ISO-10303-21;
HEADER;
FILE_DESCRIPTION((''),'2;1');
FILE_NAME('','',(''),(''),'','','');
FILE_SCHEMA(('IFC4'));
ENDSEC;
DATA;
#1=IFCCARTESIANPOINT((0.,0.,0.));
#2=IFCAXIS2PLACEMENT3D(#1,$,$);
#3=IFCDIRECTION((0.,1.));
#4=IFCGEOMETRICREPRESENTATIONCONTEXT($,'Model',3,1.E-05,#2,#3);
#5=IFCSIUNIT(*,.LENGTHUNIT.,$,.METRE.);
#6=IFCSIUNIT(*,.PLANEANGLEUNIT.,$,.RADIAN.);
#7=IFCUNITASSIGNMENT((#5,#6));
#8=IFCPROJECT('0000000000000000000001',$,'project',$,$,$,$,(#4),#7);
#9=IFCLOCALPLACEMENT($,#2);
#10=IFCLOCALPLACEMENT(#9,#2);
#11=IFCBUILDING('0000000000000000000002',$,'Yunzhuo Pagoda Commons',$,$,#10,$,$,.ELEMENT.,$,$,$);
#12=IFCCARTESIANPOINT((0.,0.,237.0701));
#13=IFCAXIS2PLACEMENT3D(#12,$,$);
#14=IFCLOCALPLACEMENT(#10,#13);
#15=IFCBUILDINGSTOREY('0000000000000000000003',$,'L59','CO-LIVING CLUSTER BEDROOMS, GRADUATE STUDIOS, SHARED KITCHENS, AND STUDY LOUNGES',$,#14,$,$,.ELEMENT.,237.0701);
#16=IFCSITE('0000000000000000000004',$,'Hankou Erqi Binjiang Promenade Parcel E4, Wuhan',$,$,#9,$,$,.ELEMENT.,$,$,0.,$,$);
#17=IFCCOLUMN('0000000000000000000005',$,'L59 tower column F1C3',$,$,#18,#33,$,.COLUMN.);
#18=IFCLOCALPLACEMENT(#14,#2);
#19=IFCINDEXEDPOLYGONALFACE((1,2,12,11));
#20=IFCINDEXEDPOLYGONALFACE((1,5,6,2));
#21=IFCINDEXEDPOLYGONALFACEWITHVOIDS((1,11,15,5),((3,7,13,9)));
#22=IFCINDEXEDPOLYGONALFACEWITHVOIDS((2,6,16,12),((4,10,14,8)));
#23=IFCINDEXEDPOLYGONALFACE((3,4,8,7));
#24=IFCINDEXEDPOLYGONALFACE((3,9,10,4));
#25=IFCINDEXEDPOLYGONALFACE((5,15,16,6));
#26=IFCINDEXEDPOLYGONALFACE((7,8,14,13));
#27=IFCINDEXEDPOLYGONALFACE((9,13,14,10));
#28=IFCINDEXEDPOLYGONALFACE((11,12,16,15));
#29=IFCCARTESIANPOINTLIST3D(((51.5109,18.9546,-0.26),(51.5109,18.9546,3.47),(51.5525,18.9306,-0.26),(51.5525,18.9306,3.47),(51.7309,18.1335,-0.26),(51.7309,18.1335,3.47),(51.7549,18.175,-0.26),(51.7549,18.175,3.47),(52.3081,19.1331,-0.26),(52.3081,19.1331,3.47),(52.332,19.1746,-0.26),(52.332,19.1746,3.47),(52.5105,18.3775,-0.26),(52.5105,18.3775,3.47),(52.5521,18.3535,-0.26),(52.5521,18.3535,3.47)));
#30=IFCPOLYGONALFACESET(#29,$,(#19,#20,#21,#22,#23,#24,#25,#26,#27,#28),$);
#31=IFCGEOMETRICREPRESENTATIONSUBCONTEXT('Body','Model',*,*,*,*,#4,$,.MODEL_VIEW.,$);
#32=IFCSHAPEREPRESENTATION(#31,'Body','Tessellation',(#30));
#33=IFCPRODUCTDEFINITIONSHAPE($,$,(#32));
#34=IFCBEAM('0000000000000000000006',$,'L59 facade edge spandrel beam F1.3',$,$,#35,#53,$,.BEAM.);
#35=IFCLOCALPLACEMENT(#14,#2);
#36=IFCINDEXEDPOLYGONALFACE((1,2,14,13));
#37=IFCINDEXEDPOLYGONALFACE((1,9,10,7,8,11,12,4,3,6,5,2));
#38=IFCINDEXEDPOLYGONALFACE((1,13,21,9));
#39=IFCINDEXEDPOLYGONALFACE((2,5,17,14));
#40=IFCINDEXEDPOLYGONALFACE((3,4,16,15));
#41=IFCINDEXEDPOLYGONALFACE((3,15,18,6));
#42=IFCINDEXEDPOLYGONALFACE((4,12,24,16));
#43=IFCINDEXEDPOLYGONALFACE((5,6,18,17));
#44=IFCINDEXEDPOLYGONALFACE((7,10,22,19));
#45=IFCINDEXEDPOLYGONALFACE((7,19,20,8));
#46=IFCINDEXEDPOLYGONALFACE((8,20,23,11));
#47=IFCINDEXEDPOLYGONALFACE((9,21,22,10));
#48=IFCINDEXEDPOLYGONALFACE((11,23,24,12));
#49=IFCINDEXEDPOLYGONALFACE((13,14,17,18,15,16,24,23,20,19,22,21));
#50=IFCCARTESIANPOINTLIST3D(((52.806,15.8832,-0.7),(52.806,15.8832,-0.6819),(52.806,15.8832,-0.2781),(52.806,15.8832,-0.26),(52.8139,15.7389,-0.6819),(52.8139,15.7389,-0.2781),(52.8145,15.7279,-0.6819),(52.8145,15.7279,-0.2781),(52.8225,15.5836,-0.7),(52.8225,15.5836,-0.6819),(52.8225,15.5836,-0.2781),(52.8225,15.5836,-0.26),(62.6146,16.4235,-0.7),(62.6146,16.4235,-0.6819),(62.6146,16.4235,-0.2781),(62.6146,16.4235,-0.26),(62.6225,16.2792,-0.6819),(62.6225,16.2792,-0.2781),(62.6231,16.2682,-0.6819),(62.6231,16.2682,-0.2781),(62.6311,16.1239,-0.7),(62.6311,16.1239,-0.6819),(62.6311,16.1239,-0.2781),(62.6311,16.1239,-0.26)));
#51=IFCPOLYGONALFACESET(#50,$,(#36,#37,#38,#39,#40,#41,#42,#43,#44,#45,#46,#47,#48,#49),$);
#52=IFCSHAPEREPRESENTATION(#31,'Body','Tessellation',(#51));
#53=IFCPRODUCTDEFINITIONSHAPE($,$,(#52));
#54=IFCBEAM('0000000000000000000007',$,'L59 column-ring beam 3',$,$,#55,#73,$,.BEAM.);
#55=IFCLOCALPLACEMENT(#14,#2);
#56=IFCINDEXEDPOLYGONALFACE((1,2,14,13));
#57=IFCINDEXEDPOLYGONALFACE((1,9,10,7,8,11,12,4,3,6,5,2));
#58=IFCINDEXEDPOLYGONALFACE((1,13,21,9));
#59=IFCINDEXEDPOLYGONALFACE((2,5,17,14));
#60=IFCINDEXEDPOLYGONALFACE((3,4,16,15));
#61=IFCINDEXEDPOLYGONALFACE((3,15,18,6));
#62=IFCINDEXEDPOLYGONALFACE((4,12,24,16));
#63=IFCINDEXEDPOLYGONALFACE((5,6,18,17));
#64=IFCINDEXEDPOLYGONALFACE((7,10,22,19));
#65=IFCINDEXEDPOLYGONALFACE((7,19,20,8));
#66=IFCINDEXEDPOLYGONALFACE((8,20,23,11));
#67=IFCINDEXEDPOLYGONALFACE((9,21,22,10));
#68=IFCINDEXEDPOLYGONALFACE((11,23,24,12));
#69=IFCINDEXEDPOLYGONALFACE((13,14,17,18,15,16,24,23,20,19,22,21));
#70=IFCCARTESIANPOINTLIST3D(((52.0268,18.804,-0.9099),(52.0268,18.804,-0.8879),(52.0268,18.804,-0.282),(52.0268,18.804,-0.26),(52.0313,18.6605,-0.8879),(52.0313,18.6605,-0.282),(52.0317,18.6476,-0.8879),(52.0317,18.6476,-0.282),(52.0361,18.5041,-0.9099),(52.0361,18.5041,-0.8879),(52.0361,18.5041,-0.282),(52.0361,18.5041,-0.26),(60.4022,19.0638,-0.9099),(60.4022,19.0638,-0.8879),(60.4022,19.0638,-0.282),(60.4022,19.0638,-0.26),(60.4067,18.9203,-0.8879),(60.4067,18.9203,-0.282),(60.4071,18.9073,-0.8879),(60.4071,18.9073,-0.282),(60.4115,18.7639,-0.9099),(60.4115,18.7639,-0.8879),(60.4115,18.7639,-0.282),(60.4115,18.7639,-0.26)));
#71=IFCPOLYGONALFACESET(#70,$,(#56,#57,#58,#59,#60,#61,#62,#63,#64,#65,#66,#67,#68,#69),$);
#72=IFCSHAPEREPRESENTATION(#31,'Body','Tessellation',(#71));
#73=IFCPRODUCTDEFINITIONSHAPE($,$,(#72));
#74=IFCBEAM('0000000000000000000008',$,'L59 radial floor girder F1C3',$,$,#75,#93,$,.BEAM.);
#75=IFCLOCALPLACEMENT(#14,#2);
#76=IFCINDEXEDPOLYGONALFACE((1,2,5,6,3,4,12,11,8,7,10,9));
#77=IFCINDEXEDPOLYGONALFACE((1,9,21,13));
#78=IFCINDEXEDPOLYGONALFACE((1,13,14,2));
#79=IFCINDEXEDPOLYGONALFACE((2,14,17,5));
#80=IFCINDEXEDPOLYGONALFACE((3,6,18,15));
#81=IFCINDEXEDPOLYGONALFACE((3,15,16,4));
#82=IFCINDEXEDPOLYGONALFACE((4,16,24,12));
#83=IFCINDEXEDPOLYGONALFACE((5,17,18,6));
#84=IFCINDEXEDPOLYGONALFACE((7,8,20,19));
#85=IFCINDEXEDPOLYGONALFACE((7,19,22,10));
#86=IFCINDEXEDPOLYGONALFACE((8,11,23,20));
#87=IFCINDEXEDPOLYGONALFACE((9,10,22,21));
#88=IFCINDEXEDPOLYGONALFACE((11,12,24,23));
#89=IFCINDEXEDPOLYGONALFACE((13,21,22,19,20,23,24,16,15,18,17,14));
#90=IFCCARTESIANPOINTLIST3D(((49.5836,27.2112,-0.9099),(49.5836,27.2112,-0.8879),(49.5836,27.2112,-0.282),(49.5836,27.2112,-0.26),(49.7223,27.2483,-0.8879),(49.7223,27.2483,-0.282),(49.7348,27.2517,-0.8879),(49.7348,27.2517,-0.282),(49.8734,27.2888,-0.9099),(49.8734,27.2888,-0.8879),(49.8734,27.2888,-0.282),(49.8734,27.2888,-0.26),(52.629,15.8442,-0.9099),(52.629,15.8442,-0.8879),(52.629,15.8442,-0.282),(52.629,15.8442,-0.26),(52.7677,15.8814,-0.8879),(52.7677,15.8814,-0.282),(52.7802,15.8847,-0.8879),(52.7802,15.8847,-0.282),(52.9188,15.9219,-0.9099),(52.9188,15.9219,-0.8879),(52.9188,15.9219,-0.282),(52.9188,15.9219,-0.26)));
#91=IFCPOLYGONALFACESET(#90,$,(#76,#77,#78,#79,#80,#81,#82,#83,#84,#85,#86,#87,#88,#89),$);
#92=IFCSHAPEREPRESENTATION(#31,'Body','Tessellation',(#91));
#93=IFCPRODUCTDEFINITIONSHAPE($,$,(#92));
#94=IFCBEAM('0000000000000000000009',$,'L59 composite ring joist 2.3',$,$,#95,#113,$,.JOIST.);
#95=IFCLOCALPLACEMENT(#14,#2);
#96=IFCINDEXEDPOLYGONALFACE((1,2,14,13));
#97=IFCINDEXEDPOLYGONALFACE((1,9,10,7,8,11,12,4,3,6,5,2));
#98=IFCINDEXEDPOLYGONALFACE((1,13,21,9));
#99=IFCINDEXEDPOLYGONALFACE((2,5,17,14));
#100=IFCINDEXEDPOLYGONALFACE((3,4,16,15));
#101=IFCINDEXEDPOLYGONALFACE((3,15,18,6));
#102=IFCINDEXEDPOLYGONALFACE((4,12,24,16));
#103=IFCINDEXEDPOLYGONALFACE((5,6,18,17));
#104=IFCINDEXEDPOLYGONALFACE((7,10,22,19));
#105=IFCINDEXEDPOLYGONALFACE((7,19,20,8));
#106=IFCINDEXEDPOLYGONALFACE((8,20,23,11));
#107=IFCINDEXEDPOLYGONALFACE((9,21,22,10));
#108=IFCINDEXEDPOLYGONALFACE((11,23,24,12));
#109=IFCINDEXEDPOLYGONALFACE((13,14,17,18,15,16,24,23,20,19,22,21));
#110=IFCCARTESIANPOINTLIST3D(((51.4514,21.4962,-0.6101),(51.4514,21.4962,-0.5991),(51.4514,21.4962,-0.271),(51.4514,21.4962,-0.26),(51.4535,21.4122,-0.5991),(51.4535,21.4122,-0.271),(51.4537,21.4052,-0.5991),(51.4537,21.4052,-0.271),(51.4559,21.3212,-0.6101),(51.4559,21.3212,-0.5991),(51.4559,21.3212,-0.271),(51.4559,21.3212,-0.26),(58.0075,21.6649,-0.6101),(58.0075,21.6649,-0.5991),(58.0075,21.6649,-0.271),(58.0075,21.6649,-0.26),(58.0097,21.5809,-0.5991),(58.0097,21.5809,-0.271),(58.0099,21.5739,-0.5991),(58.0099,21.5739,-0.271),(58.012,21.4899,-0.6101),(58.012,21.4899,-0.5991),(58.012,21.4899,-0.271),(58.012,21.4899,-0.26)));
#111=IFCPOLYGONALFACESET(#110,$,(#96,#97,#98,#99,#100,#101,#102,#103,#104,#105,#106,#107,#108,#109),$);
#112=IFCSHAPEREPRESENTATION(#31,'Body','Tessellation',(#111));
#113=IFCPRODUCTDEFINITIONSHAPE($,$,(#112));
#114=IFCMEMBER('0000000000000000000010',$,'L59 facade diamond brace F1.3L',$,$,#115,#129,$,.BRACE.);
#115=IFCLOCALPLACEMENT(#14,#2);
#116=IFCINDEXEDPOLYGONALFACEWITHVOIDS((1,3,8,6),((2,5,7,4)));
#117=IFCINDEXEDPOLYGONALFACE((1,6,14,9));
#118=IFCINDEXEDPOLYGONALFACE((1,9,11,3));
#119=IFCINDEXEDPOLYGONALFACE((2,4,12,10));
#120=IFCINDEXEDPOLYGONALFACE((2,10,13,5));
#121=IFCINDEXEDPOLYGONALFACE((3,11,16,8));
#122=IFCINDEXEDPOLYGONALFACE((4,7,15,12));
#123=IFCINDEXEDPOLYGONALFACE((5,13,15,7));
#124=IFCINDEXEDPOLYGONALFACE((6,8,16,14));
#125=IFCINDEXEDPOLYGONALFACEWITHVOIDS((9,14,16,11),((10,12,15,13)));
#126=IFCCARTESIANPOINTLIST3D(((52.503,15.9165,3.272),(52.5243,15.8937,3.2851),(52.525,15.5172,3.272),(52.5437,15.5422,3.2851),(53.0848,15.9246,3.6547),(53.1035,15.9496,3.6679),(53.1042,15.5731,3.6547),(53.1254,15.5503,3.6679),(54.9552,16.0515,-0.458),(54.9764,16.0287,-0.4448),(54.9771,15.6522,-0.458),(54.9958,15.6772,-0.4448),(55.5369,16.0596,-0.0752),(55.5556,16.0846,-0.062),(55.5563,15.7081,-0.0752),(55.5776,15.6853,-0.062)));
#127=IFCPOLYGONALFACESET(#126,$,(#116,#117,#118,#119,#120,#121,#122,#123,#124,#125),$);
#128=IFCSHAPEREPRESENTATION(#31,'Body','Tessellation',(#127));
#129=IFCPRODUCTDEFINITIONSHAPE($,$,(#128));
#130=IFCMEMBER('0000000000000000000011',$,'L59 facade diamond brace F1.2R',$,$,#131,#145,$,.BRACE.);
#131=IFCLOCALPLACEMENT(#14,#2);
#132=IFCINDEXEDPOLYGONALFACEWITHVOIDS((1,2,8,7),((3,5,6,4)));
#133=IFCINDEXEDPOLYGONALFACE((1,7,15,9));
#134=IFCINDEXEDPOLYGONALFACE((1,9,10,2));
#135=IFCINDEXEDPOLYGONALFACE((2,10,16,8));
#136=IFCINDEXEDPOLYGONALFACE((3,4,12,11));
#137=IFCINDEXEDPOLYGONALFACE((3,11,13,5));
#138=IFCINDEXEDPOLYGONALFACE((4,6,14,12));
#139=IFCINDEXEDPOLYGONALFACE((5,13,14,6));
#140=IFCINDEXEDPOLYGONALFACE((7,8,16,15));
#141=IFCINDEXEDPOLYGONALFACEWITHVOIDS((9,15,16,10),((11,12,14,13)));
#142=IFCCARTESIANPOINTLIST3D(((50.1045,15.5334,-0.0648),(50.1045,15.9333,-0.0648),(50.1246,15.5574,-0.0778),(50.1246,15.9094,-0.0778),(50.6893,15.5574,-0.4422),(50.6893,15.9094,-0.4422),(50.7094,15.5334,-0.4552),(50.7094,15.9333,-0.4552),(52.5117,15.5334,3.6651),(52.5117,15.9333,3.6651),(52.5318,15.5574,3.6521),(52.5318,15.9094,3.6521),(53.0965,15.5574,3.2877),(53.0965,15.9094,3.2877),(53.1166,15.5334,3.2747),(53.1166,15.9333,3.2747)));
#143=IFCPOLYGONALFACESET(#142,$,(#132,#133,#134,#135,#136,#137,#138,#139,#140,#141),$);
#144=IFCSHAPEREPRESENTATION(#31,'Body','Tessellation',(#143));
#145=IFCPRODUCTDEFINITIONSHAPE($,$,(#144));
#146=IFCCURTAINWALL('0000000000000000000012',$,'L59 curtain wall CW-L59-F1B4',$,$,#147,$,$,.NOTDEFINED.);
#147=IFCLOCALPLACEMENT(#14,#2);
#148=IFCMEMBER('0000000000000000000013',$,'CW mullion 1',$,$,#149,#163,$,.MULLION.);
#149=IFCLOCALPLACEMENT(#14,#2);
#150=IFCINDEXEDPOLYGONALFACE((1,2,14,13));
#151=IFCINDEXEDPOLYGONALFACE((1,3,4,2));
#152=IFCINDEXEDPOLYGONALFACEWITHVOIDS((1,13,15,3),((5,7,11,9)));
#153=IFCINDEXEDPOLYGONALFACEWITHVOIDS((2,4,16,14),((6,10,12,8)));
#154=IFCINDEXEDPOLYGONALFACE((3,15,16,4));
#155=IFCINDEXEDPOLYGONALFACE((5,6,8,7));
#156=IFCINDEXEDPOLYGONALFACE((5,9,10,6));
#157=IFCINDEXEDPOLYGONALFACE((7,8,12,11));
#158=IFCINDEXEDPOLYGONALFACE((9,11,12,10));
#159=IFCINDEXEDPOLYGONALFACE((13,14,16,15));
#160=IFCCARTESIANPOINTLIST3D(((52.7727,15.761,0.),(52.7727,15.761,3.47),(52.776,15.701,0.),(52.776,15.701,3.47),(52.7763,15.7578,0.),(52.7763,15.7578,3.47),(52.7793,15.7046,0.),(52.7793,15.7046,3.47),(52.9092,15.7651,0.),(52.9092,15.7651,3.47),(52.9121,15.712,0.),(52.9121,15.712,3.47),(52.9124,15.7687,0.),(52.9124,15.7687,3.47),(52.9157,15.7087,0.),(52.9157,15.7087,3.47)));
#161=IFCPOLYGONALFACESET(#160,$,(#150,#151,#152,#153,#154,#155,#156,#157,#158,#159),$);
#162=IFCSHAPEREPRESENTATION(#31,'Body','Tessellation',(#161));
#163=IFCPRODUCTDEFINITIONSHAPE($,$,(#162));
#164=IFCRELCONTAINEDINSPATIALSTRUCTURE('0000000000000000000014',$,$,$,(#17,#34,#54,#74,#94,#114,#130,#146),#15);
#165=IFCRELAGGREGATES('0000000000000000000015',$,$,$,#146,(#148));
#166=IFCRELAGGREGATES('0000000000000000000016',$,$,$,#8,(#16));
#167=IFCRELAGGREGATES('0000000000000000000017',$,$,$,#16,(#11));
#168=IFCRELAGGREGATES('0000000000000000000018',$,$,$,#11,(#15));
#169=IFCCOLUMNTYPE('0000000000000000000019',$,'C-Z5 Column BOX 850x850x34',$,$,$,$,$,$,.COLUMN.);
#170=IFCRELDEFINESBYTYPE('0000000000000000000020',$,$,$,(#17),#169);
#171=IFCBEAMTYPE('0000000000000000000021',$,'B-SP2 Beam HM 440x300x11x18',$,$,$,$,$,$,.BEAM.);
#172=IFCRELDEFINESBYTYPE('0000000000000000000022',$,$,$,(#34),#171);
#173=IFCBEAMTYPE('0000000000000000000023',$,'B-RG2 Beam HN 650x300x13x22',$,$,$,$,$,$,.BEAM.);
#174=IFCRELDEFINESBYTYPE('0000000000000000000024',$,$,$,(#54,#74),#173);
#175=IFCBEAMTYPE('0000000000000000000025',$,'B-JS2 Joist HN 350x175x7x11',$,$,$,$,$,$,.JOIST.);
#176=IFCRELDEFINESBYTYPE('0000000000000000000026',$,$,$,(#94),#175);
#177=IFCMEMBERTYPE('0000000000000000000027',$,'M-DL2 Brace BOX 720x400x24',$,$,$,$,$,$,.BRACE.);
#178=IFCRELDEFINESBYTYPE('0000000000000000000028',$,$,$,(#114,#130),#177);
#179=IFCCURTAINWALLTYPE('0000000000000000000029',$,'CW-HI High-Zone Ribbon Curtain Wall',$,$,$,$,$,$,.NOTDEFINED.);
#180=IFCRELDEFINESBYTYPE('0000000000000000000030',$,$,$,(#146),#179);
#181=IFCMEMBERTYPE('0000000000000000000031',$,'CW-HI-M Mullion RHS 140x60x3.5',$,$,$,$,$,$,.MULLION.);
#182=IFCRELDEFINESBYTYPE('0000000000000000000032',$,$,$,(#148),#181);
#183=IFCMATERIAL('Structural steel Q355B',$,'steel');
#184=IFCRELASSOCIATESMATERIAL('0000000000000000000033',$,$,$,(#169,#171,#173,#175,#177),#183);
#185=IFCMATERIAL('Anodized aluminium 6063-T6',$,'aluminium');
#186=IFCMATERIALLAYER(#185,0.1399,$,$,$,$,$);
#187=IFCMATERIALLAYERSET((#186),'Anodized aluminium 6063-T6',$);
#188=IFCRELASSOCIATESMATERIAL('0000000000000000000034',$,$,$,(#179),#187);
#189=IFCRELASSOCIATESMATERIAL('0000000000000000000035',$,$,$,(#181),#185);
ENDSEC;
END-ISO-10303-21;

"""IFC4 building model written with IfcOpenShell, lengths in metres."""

from ifc_helpers import new_model, si_unit, direction, frame, origin, origin_2d, place, context, subcontext, project, spatial, hollow_rectangle, i_section, extrude, source, transform, mapped, material, layer, layer_set, material_profile, profile_set, type_object, element, aggregate, save


model = new_model("IFC4")

# Units and contexts
model_context = context("Model", 3, precision=1e-05, world=origin(), true_north=direction((0.0, 1.0)))
body_context = subcontext(model_context, "Body", "Model", "MODEL_VIEW")
ifc_project = project(units=[si_unit("LENGTHUNIT", "METRE"), si_unit("PLANEANGLEUNIT", "RADIAN")], contexts=[model_context])

# Site, building, storey
site_placement = place(None, origin())
site = spatial("IfcSite", under=ifc_project, at=site_placement, Name="Hankou Erqi Binjiang Promenade Parcel E4, Wuhan", CompositionType="ELEMENT", RefElevation=0.0)
building_placement = place(site_placement, origin())
building = spatial("IfcBuilding", under=site, at=building_placement, Name="Yunzhuo Pagoda Commons", CompositionType="ELEMENT")
storey_placement = place(building_placement, frame((0.0, 0.0, 237.0701)))
storey = spatial("IfcBuildingStorey", under=building, at=storey_placement, Name="L59", Description="CO-LIVING CLUSTER BEDROOMS, GRADUATE STUDIOS, SHARED KITCHENS, AND STUDY LOUNGES", CompositionType="ELEMENT", Elevation=237.0701)

# Column
ifc_material_1 = material(Name="Structural steel Q355B", Category="steel")
ifc_material_profile_1 = material_profile(ifc_material_1, hollow_rectangle(XDim=0.8501, YDim=0.8501, WallThickness=0.0339, at=origin_2d()), Name="Structural steel Q355B")
ifc_profile_set_1 = profile_set([ifc_material_profile_1], Name="Structural steel Q355B")
column_type = type_object("IfcColumnType", Name="C-Z5 Column BOX 850x850x34", PredefinedType="COLUMN", material=ifc_profile_set_1)
shared_shape_1 = source(origin(), body_context, "Body", "SweptSolid", [
    extrude(hollow_rectangle(XDim=0.8501, YDim=0.8501, WallThickness=0.0339, at=origin_2d()), origin(), (0.0, 0.0, 1.0), 3.73),
])
column_placement = place(storey_placement, frame((52.0315, 18.6541, -0.26), z_axis=(0.0, 0.0, 1.0), x_axis=(0.965926, 0.258819, 0.0)))
element("IfcColumn", 1, at=column_placement, inside=storey, type_object=column_type, Name="L59 tower column F1C3", PredefinedType="COLUMN", context=body_context, shape_type="MappedRepresentation", body=[
    mapped(shared_shape_1, transform((0.0, 0.0, 0.0), scale=1.0)),
])

# Beams
ifc_material_profile_2 = material_profile(ifc_material_1, i_section(OverallWidth=0.3, OverallDepth=0.4399, WebThickness=0.011, FlangeThickness=0.0181, at=origin_2d()), Name="Structural steel Q355B")
ifc_profile_set_2 = profile_set([ifc_material_profile_2], Name="Structural steel Q355B")
beam_type_1 = type_object("IfcBeamType", Name="B-SP2 Beam HM 440x300x11x18", PredefinedType="BEAM", material=ifc_profile_set_2)
shared_shape_2 = source(origin(), body_context, "Body", "SweptSolid", [
    extrude(i_section(OverallWidth=0.3, OverallDepth=0.4399, WebThickness=0.011, FlangeThickness=0.0181, at=origin_2d()), origin(), (0.0, 0.0, 1.0), 9.8235),
])
beam_1_placement = place(storey_placement, frame((52.8142, 15.7334, -0.48), z_axis=(0.998486, 0.054999, 0.0), x_axis=(-0.054999, 0.998486, 0.0)))
element("IfcBeam", 2, at=beam_1_placement, inside=storey, type_object=beam_type_1, Name="L59 facade edge spandrel beam F1.3", PredefinedType="BEAM", context=body_context, shape_type="MappedRepresentation", body=[
    mapped(shared_shape_2, transform((0.0, 0.0, 0.0), scale=1.0)),
])
ifc_material_profile_3 = material_profile(ifc_material_1, i_section(OverallWidth=0.3, OverallDepth=0.6499, WebThickness=0.0129, FlangeThickness=0.022, at=origin_2d()), Name="Structural steel Q355B")
ifc_profile_set_3 = profile_set([ifc_material_profile_3], Name="Structural steel Q355B")
beam_type_2 = type_object("IfcBeamType", Name="B-RG2 Beam HN 650x300x13x22", PredefinedType="BEAM", material=ifc_profile_set_3)
shared_shape_3 = source(origin(), body_context, "Body", "SweptSolid", [
    extrude(i_section(OverallWidth=0.3, OverallDepth=0.6499, WebThickness=0.0129, FlangeThickness=0.022, at=origin_2d()), origin(), (0.0, 0.0, 1.0), 8.3794),
])
beam_2_placement = place(storey_placement, frame((52.0315, 18.6541, -0.585), z_axis=(0.999519, 0.031, 0.0), x_axis=(-0.031, 0.999519, 0.0)))
element("IfcBeam", 3, at=beam_2_placement, inside=storey, type_object=beam_type_2, Name="L59 column-ring beam 3", PredefinedType="BEAM", context=body_context, shape_type="MappedRepresentation", body=[
    mapped(shared_shape_3, transform((0.0, 0.0, 0.0), scale=1.0)),
])
shared_shape_4 = source(origin(), body_context, "Body", "SweptSolid", [
    extrude(i_section(OverallWidth=0.3, OverallDepth=0.6499, WebThickness=0.0129, FlangeThickness=0.022, at=origin_2d()), origin(), (0.0, 0.0, 1.0), 11.7678),
])
beam_3_placement = place(storey_placement, frame((52.7739, 15.8831, -0.585), z_axis=(-0.258791, 0.965933, 0.0), x_axis=(-0.965933, -0.258791, 0.0)))
element("IfcBeam", 4, at=beam_3_placement, inside=storey, type_object=beam_type_2, Name="L59 radial floor girder F1C3", PredefinedType="BEAM", context=body_context, shape_type="MappedRepresentation", body=[
    mapped(shared_shape_4, transform((0.0, 0.0, 0.0), scale=1.0)),
])
ifc_material_profile_4 = material_profile(ifc_material_1, i_section(OverallWidth=0.175, OverallDepth=0.3501, WebThickness=0.0071, FlangeThickness=0.011, at=origin_2d()), Name="Structural steel Q355B")
ifc_profile_set_4 = profile_set([ifc_material_profile_4], Name="Structural steel Q355B")
beam_type_3 = type_object("IfcBeamType", Name="B-JS2 Joist HN 350x175x7x11", PredefinedType="JOIST", material=ifc_profile_set_4)
shared_shape_5 = source(origin(), body_context, "Body", "SweptSolid", [
    extrude(i_section(OverallWidth=0.175, OverallDepth=0.3501, WebThickness=0.0071, FlangeThickness=0.011, at=origin_2d()), origin(), (0.0, 0.0, 1.0), 6.5583),
])
beam_4_placement = place(storey_placement, frame((51.4536, 21.4087, -0.4351), z_axis=(0.999669, 0.025723, 0.0), x_axis=(-0.025723, 0.999669, 0.0)))
element("IfcBeam", 5, at=beam_4_placement, inside=storey, type_object=beam_type_3, Name="L59 composite ring joist 2.3", PredefinedType="JOIST", context=body_context, shape_type="MappedRepresentation", body=[
    mapped(shared_shape_5, transform((0.0, 0.0, 0.0), scale=1.0)),
])

# Members
ifc_material_profile_5 = material_profile(ifc_material_1, hollow_rectangle(XDim=0.3999, YDim=0.72, WallThickness=0.0239, at=origin_2d()), Name="Structural steel Q355B")
ifc_profile_set_5 = profile_set([ifc_material_profile_5], Name="Structural steel Q355B")
member_type_1 = type_object("IfcMemberType", Name="M-DL2 Brace BOX 720x400x24", PredefinedType="BRACE", material=ifc_profile_set_5)
shared_shape_6 = source(origin(), body_context, "Body", "SweptSolid", [
    extrude(hollow_rectangle(XDim=0.3999, YDim=0.72, WallThickness=0.0239, at=origin_2d()), origin(), (0.0, 0.0, 1.0), 4.4658),
])
member_1_placement = place(storey_placement, frame((55.2664, 15.8684, -0.26), z_axis=(-0.549086, -0.030231, 0.835219), x_axis=(0.054974, -0.998488, 0.0)))
element("IfcMember", 6, at=member_1_placement, inside=storey, type_object=member_type_1, Name="L59 facade diamond brace F1.3L", PredefinedType="BRACE", context=body_context, shape_type="MappedRepresentation", body=[
    mapped(shared_shape_6, transform((0.0, 0.0, 0.0), scale=1.0)),
])
shared_shape_7 = source(origin(), body_context, "Body", "SweptSolid", [
    extrude(hollow_rectangle(XDim=0.3999, YDim=0.72, WallThickness=0.0239, at=origin_2d()), origin(), (0.0, 0.0, 1.0), 4.4392),
])
member_2_placement = place(storey_placement, frame((50.407, 15.7334, -0.26), z_axis=(0.542252, 0.0, 0.840216), x_axis=(0.0, 1.0, 0.0)))
element("IfcMember", 7, at=member_2_placement, inside=storey, type_object=member_type_1, Name="L59 facade diamond brace F1.2R", PredefinedType="BRACE", context=body_context, shape_type="MappedRepresentation", body=[
    mapped(shared_shape_7, transform((0.0, 0.0, 0.0), scale=1.0)),
])

# Curtain wall, member
ifc_material_2 = material(Name="Anodized aluminium 6063-T6", Category="aluminium")
ifc_layer_1 = layer(ifc_material_2, 0.1399)
ifc_layer_set_1 = layer_set([ifc_layer_1], Name="Anodized aluminium 6063-T6")
curtain_wall_type = type_object("IfcCurtainWallType", Name="CW-HI High-Zone Ribbon Curtain Wall", PredefinedType="NOTDEFINED", material=ifc_layer_set_1)
curtain_wall_1_placement = place(storey_placement, origin())
curtain_wall_1 = element("IfcCurtainWall", 8, at=curtain_wall_1_placement, inside=storey, type_object=curtain_wall_type, Name="L59 curtain wall CW-L59-F1B4", PredefinedType="NOTDEFINED")
ifc_material_profile_6 = material_profile(ifc_material_2, hollow_rectangle(XDim=0.0601, YDim=0.1399, WallThickness=0.0034, at=origin_2d()), Name="Anodized aluminium 6063-T6")
ifc_profile_set_6 = profile_set([ifc_material_profile_6], Name="Anodized aluminium 6063-T6")
member_type_2 = type_object("IfcMemberType", Name="CW-HI-M Mullion RHS 140x60x3.5", PredefinedType="MULLION", material=ifc_profile_set_6)
shared_shape_8 = source(origin(), body_context, "Body", "SweptSolid", [
    extrude(hollow_rectangle(XDim=0.0601, YDim=0.1399, WallThickness=0.0034, at=origin_2d()), origin(), (0.0, 0.0, 1.0), 3.47),
])
member_3_placement = place(storey_placement, frame((52.8442, 15.7349, 0.0), z_axis=(0.0, 0.0, 1.0), x_axis=(-0.054981, 0.998487, 0.0)))
member_3 = element("IfcMember", 9, at=member_3_placement, type_object=member_type_2, Name="CW mullion 1", PredefinedType="MULLION", context=body_context, shape_type="MappedRepresentation", body=[
    mapped(shared_shape_8, transform((0.0, 0.0, 0.0), scale=1.0)),
])

aggregate(curtain_wall_1, [member_3])

save(model, "model.ifc")
